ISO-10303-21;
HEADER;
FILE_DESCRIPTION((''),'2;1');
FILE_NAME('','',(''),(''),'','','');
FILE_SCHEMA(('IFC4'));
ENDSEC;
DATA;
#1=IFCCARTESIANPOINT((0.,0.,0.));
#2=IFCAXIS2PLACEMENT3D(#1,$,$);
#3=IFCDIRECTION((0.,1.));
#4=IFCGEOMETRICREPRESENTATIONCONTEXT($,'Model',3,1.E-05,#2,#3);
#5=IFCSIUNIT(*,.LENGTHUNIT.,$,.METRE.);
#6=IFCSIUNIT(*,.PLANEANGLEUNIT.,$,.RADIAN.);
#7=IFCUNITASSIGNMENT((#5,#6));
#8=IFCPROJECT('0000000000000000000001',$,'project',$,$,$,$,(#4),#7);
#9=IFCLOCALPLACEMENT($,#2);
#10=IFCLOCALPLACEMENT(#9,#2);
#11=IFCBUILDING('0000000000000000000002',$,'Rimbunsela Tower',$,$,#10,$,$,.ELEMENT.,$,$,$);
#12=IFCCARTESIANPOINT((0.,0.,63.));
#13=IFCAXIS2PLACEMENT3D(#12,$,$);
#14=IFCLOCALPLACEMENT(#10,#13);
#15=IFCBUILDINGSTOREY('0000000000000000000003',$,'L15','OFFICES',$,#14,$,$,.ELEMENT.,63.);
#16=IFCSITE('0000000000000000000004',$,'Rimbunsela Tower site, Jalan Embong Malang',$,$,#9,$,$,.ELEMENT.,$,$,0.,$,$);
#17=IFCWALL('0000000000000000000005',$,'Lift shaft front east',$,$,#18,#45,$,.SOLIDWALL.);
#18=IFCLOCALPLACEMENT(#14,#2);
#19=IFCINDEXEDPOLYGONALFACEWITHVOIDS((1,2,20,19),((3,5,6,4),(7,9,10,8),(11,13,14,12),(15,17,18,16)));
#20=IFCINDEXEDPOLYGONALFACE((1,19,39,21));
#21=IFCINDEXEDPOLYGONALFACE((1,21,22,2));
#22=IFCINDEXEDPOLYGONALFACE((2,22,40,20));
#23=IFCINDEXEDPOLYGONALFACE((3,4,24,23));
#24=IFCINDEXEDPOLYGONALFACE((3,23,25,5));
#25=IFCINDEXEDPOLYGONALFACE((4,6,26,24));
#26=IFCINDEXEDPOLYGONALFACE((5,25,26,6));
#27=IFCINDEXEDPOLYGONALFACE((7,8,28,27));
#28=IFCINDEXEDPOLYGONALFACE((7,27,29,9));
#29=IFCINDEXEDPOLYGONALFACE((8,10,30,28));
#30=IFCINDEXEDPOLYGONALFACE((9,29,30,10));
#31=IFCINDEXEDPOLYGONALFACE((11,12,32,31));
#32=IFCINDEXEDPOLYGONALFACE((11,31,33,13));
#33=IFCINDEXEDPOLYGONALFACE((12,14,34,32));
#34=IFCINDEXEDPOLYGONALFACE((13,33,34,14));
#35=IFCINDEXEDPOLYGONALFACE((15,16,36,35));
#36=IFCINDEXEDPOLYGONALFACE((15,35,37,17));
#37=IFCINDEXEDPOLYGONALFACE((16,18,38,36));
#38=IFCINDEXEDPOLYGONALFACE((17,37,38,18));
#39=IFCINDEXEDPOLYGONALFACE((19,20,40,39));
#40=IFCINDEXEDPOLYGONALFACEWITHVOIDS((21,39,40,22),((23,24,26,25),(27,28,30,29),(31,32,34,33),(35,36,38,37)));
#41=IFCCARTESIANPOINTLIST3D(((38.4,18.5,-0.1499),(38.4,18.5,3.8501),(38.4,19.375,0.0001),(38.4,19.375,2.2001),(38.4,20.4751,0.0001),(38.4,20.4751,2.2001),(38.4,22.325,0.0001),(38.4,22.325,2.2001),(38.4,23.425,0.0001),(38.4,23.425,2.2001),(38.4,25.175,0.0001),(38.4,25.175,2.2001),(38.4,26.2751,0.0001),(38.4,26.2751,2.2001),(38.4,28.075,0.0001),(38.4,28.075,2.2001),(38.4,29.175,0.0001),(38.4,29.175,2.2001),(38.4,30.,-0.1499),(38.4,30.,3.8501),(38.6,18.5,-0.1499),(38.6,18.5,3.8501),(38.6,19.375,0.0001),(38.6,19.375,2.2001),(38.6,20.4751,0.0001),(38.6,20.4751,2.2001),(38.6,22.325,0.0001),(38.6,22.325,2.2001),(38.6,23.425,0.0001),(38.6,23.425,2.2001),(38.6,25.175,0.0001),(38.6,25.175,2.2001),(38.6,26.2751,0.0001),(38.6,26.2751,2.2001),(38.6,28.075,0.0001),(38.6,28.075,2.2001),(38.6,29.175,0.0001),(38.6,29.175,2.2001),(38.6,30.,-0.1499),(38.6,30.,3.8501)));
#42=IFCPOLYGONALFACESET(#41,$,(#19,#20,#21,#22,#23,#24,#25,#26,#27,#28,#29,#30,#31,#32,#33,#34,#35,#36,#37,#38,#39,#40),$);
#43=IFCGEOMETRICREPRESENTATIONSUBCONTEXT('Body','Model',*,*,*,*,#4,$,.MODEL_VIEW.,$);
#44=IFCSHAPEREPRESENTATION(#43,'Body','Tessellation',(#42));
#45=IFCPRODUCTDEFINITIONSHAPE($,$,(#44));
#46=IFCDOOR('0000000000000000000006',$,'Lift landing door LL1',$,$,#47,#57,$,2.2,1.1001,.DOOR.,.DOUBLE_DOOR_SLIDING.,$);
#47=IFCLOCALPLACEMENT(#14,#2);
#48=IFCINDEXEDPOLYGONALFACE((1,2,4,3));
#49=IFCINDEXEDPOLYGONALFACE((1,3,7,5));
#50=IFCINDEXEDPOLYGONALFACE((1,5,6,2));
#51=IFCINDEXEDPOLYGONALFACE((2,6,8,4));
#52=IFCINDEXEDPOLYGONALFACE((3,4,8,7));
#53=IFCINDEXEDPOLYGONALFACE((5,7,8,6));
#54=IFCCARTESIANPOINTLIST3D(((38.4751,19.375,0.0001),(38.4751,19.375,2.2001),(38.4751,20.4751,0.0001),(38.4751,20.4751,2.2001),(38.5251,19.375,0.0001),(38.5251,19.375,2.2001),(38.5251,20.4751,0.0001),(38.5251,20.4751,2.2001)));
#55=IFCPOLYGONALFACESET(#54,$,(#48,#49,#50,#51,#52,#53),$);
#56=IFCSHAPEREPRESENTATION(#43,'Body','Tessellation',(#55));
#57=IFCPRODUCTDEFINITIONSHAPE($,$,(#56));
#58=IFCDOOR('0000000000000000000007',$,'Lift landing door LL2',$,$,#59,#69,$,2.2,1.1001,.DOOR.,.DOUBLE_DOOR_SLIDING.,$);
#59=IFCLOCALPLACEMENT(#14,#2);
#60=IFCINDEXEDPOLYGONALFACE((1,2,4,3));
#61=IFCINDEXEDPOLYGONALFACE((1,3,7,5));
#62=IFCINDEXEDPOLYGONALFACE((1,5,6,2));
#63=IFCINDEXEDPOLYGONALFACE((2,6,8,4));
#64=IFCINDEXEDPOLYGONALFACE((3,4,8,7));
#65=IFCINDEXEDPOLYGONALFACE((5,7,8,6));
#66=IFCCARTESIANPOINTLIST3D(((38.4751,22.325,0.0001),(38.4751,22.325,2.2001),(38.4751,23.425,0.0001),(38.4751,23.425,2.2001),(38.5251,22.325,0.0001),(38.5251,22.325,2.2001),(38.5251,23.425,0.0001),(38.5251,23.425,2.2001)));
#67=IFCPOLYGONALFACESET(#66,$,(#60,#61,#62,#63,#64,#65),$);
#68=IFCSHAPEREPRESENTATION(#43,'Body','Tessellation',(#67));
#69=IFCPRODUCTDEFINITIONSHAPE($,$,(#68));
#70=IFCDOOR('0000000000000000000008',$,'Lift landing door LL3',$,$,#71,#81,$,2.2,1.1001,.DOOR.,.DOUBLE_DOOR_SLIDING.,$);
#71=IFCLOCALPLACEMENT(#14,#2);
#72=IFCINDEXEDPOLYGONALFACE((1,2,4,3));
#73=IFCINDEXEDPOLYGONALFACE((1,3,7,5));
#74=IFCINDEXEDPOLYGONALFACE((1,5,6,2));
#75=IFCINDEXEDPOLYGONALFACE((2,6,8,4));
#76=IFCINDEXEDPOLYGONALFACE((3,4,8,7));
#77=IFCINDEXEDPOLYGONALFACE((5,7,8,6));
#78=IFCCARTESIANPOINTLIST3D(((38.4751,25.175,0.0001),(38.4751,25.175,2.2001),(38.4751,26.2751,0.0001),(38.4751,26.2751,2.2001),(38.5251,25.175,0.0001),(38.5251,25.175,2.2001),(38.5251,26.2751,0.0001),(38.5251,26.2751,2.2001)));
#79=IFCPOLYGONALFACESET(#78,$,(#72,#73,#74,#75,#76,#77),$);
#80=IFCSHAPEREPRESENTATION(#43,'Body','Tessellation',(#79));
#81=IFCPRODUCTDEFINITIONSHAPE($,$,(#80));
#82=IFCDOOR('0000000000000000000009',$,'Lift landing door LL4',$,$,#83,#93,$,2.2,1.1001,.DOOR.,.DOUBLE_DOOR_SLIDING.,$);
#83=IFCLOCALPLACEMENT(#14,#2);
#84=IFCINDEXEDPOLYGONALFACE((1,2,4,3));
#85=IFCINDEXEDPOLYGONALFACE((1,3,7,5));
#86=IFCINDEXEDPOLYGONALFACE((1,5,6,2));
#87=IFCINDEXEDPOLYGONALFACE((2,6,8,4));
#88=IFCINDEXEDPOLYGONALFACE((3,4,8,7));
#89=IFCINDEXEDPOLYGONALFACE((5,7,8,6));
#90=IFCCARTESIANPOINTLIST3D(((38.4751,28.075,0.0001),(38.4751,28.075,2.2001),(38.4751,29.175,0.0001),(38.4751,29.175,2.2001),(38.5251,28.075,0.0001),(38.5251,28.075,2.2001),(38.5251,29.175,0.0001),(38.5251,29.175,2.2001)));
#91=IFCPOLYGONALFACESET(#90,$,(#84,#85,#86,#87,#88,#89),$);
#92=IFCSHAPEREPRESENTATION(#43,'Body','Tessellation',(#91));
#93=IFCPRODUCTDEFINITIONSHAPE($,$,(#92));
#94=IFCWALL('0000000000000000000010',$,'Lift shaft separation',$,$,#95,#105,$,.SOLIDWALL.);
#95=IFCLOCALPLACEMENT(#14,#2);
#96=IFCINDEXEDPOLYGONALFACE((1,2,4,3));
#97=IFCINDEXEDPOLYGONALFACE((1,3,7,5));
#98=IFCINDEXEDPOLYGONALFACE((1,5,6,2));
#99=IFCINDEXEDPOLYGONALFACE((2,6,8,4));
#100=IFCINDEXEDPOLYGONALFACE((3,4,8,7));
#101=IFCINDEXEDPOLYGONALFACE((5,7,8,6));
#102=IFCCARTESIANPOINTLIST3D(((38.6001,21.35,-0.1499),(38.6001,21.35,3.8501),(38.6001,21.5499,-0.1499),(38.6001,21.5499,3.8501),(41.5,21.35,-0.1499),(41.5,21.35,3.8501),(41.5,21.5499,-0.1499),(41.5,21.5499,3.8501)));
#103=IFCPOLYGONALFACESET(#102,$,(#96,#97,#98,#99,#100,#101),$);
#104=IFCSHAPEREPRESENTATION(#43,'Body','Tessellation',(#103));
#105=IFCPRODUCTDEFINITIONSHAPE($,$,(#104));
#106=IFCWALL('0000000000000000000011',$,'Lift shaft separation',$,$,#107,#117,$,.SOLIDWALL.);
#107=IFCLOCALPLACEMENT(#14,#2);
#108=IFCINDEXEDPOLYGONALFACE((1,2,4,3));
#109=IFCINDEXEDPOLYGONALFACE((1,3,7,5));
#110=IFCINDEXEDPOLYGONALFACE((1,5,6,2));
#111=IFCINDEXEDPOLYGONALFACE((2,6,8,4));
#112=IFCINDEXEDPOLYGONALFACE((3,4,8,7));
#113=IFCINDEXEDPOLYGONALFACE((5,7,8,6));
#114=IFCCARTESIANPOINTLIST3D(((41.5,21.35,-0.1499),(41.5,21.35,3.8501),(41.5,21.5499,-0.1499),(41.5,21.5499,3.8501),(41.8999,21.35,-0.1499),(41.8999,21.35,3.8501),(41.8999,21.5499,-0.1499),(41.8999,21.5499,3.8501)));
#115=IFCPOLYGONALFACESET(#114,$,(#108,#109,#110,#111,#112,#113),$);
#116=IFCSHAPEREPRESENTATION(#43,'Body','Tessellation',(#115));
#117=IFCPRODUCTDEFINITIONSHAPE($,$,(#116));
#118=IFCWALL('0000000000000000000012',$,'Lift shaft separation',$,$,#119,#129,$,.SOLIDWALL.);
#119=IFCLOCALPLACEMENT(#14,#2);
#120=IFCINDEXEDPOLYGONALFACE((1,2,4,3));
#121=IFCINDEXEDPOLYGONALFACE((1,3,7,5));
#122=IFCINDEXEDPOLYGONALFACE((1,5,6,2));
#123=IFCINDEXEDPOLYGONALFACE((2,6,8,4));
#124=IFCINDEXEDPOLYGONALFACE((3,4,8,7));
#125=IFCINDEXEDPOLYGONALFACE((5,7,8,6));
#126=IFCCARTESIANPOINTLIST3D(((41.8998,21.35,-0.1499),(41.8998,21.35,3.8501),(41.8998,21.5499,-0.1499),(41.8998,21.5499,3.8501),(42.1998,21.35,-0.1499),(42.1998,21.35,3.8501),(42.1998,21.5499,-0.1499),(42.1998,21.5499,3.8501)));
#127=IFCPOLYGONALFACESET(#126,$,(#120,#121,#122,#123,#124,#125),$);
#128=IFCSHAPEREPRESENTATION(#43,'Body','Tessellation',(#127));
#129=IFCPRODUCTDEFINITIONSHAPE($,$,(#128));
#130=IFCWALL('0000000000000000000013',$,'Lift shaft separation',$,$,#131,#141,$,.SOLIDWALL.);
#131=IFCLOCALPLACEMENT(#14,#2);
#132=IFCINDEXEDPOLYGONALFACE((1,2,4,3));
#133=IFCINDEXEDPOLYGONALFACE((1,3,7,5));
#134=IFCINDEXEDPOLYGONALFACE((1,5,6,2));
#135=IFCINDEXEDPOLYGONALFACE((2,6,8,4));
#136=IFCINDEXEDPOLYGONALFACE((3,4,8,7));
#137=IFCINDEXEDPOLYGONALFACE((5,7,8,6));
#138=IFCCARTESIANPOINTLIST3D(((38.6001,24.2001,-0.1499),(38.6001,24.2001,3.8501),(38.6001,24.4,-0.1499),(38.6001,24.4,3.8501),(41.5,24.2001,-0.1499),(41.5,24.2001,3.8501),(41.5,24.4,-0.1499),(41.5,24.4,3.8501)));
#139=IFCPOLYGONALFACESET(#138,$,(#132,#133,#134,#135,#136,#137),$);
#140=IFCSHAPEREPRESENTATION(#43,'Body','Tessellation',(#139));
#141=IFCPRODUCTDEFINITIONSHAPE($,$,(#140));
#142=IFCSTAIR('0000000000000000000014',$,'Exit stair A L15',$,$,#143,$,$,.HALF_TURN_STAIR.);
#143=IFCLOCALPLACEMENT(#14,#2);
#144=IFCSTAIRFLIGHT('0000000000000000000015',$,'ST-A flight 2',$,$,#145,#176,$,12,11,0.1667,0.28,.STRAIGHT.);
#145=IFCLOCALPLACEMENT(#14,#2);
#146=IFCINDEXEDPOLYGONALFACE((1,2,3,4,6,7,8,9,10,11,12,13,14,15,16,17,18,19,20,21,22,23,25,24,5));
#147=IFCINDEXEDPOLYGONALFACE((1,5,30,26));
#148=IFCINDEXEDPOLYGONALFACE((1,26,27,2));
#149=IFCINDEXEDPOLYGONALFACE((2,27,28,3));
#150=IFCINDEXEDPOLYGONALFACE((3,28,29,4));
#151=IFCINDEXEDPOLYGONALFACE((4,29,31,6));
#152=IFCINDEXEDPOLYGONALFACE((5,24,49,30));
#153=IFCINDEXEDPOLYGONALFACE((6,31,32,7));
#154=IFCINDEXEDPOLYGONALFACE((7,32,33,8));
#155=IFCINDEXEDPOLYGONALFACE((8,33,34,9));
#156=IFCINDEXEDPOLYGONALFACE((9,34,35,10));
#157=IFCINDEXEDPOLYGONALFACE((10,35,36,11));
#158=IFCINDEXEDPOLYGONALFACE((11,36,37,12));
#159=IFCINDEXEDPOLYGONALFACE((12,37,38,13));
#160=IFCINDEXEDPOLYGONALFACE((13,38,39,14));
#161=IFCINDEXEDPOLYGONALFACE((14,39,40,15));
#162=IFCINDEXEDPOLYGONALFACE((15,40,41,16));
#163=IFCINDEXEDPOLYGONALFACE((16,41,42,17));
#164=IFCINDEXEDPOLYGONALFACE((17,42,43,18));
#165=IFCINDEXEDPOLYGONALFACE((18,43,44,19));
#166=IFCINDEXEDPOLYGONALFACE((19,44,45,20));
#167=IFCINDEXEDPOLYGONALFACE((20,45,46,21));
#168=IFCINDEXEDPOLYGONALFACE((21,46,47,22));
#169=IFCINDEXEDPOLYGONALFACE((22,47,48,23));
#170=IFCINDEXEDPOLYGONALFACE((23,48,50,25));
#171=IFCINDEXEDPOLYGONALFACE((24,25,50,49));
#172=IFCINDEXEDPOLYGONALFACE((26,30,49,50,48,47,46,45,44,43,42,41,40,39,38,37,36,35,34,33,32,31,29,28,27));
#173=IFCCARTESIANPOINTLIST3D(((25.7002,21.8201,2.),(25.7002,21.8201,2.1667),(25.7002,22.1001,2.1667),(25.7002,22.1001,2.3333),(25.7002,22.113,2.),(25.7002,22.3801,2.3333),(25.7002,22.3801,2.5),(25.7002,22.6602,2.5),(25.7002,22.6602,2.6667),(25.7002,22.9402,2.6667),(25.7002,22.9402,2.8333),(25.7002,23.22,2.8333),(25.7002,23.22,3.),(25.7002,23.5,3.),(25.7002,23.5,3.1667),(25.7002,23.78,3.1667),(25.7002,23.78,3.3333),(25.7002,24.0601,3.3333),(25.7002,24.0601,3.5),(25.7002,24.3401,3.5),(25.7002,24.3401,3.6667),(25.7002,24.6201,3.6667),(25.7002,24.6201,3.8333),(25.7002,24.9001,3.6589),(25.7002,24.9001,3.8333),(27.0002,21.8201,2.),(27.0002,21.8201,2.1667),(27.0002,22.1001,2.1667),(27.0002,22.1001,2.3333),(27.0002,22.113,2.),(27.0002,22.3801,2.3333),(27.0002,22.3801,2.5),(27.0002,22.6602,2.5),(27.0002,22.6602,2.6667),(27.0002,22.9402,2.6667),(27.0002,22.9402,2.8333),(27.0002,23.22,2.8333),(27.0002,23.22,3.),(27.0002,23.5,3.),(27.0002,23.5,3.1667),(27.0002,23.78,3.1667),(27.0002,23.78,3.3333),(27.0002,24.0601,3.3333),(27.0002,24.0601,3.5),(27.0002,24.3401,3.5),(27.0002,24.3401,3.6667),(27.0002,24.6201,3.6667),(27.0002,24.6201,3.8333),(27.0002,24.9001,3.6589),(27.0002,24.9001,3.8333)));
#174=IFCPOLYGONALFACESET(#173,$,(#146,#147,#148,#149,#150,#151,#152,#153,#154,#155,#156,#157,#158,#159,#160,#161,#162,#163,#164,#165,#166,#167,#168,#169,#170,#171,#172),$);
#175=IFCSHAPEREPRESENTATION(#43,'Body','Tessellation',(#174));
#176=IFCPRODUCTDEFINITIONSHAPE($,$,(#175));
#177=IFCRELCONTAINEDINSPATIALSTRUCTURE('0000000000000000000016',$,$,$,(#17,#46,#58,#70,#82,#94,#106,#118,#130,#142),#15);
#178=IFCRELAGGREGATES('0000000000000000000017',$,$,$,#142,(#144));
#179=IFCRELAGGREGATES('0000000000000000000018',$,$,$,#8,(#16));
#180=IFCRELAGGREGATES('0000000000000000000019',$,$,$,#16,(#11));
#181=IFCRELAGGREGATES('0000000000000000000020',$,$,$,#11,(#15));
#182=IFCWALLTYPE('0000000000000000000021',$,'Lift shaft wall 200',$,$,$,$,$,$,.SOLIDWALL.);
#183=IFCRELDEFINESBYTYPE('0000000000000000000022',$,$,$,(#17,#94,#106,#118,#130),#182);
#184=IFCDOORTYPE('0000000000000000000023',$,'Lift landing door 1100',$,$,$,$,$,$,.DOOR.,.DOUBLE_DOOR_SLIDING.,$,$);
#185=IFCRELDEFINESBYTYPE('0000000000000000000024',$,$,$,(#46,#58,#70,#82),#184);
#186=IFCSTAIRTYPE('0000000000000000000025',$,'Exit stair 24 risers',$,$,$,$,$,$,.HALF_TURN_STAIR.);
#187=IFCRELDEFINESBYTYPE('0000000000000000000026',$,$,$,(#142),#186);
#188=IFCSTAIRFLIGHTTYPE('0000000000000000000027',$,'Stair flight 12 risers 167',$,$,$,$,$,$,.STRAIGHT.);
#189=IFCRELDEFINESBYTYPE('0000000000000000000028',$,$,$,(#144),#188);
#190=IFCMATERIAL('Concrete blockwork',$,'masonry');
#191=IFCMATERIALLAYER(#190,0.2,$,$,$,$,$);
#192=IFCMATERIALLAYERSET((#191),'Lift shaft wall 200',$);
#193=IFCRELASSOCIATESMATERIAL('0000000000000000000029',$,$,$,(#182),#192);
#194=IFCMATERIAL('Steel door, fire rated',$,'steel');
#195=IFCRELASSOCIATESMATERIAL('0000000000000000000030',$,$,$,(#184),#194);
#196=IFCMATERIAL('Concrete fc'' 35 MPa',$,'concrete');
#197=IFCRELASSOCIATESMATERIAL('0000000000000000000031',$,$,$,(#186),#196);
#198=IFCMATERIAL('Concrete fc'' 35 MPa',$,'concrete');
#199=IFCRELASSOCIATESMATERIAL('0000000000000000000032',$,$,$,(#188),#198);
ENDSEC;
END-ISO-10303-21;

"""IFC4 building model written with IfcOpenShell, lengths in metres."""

from ifc_helpers import new_model, si_unit, direction, frame, frame_2d, origin, place, context, subcontext, project, spatial, polyline, rectangle, outline, extrude, material, layer, layer_set, type_object, element, fill, aggregate, save


model = new_model("IFC4")

# Units and contexts
model_context = context("Model", 3, precision=1e-05, world=origin(), true_north=direction((0.0, 1.0)))
body_context = subcontext(model_context, "Body", "Model", "MODEL_VIEW")
ifc_project = project(units=[si_unit("LENGTHUNIT", "METRE"), si_unit("PLANEANGLEUNIT", "RADIAN")], contexts=[model_context])

# Site, building, storey
site_placement = place(None, origin())
site = spatial("IfcSite", under=ifc_project, at=site_placement, Name="Rimbunsela Tower site, Jalan Embong Malang", CompositionType="ELEMENT", RefElevation=0.0)
building_placement = place(site_placement, origin())
building = spatial("IfcBuilding", under=site, at=building_placement, Name="Rimbunsela Tower", CompositionType="ELEMENT")
storey_placement = place(building_placement, frame((0.0, 0.0, 63.0)))
storey = spatial("IfcBuildingStorey", under=building, at=storey_placement, Name="L15", Description="OFFICES", CompositionType="ELEMENT", Elevation=63.0)

# Wall, openings, doors
ifc_material_1 = material(Name="Concrete blockwork", Category="masonry")
ifc_layer_1 = layer(ifc_material_1, 0.2)
ifc_layer_set_1 = layer_set([ifc_layer_1], Name="Lift shaft wall 200")
wall_type_1 = type_object("IfcWallType", Name="Lift shaft wall 200", PredefinedType="SOLIDWALL", material=ifc_layer_set_1)
wall_1_placement = place(storey_placement, frame((38.5, 18.5, -0.1499), z_axis=(0.0, 0.0, 1.0), x_axis=(0.0, 1.0, 0.0)))
wall_1 = element("IfcWall", 1, at=wall_1_placement, inside=storey, type_object=wall_type_1, Name="Lift shaft front east", PredefinedType="SOLIDWALL", context=body_context, shape_type="SweptSolid", body=[
    extrude(rectangle(XDim=11.5, YDim=0.2, at=frame_2d((5.75, 0.0))), origin(), (0.0, 0.0, 1.0), 4.0),
])
opening_1_placement = place(wall_1_placement, frame((0.875, 0.0, 0.1499)))
opening_1 = element("IfcOpeningElement", 2, at=opening_1_placement, cuts=wall_1, PredefinedType="OPENING", context=body_context, shape_type="SweptSolid", body=[
    extrude(rectangle(XDim=1.1001, YDim=2.2, at=frame_2d((0.55, 1.1001))), frame((0.0, 0.1099, 0.0), z_axis=(0.0, -1.0, 0.0), x_axis=(1.0, 0.0, 0.0)), (0.0, 0.0, 1.0), 0.22),
])
opening_2_placement = place(wall_1_placement, frame((3.825, 0.0, 0.1499)))
opening_2 = element("IfcOpeningElement", 3, at=opening_2_placement, cuts=wall_1, PredefinedType="OPENING", context=body_context, shape_type="SweptSolid", body=[
    extrude(rectangle(XDim=1.1001, YDim=2.2, at=frame_2d((0.55, 1.1001))), frame((0.0, 0.1099, 0.0), z_axis=(0.0, -1.0, 0.0), x_axis=(1.0, 0.0, 0.0)), (0.0, 0.0, 1.0), 0.22),
])
opening_3_placement = place(wall_1_placement, frame((6.675, 0.0, 0.1499)))
opening_3 = element("IfcOpeningElement", 4, at=opening_3_placement, cuts=wall_1, PredefinedType="OPENING", context=body_context, shape_type="SweptSolid", body=[
    extrude(rectangle(XDim=1.1001, YDim=2.2, at=frame_2d((0.55, 1.1001))), frame((0.0, 0.1099, 0.0), z_axis=(0.0, -1.0, 0.0), x_axis=(1.0, 0.0, 0.0)), (0.0, 0.0, 1.0), 0.22),
])
opening_4_placement = place(wall_1_placement, frame((9.575, 0.0, 0.1499)))
opening_4 = element("IfcOpeningElement", 5, at=opening_4_placement, cuts=wall_1, PredefinedType="OPENING", context=body_context, shape_type="SweptSolid", body=[
    extrude(rectangle(XDim=1.1001, YDim=2.2, at=frame_2d((0.55, 1.1001))), frame((0.0, 0.1099, 0.0), z_axis=(0.0, -1.0, 0.0), x_axis=(1.0, 0.0, 0.0)), (0.0, 0.0, 1.0), 0.22),
])
ifc_material_2 = material(Name="Steel door, fire rated", Category="steel")
door_type_1 = type_object("IfcDoorType", Name="Lift landing door 1100", OperationType="DOUBLE_DOOR_SLIDING", PredefinedType="DOOR", material=ifc_material_2)
door_1_placement = place(opening_1_placement, origin())
door_1 = element("IfcDoor", 6, at=door_1_placement, inside=storey, type_object=door_type_1, Name="Lift landing door LL1", OperationType="DOUBLE_DOOR_SLIDING", OverallHeight=2.2, OverallWidth=1.1001, PredefinedType="DOOR", context=body_context, shape_type="SweptSolid", body=[
    extrude(rectangle(XDim=1.1001, YDim=2.2, at=frame_2d((0.55, 1.1001))), frame((0.0, 0.0249, 0.0), z_axis=(0.0, -1.0, 0.0), x_axis=(1.0, 0.0, 0.0)), (0.0, 0.0, 1.0), 0.05),
])
fill(opening_1, door_1)
door_2_placement = place(opening_2_placement, origin())
door_2 = element("IfcDoor", 7, at=door_2_placement, inside=storey, type_object=door_type_1, Name="Lift landing door LL2", OperationType="DOUBLE_DOOR_SLIDING", OverallHeight=2.2, OverallWidth=1.1001, PredefinedType="DOOR", context=body_context, shape_type="SweptSolid", body=[
    extrude(rectangle(XDim=1.1001, YDim=2.2, at=frame_2d((0.55, 1.1001))), frame((0.0, 0.0249, 0.0), z_axis=(0.0, -1.0, 0.0), x_axis=(1.0, 0.0, 0.0)), (0.0, 0.0, 1.0), 0.05),
])
fill(opening_2, door_2)
door_3_placement = place(opening_3_placement, origin())
door_3 = element("IfcDoor", 8, at=door_3_placement, inside=storey, type_object=door_type_1, Name="Lift landing door LL3", OperationType="DOUBLE_DOOR_SLIDING", OverallHeight=2.2, OverallWidth=1.1001, PredefinedType="DOOR", context=body_context, shape_type="SweptSolid", body=[
    extrude(rectangle(XDim=1.1001, YDim=2.2, at=frame_2d((0.55, 1.1001))), frame((0.0, 0.0249, 0.0), z_axis=(0.0, -1.0, 0.0), x_axis=(1.0, 0.0, 0.0)), (0.0, 0.0, 1.0), 0.05),
])
fill(opening_3, door_3)
door_4_placement = place(opening_4_placement, origin())
door_4 = element("IfcDoor", 9, at=door_4_placement, inside=storey, type_object=door_type_1, Name="Lift landing door LL4", OperationType="DOUBLE_DOOR_SLIDING", OverallHeight=2.2, OverallWidth=1.1001, PredefinedType="DOOR", context=body_context, shape_type="SweptSolid", body=[
    extrude(rectangle(XDim=1.1001, YDim=2.2, at=frame_2d((0.55, 1.1001))), frame((0.0, 0.0249, 0.0), z_axis=(0.0, -1.0, 0.0), x_axis=(1.0, 0.0, 0.0)), (0.0, 0.0, 1.0), 0.05),
])
fill(opening_4, door_4)

# Walls
wall_2_placement = place(storey_placement, frame((38.6001, 21.45, -0.1499), z_axis=(0.0, 0.0, 1.0), x_axis=(1.0, 0.0, 0.0)))
element("IfcWall", 10, at=wall_2_placement, inside=storey, type_object=wall_type_1, Name="Lift shaft separation", PredefinedType="SOLIDWALL", context=body_context, shape_type="SweptSolid", body=[
    extrude(rectangle(XDim=2.8999, YDim=0.2, at=frame_2d((1.45, 0.0))), origin(), (0.0, 0.0, 1.0), 4.0),
])
wall_3_placement = place(storey_placement, frame((41.5, 21.45, -0.1499), z_axis=(0.0, 0.0, 1.0), x_axis=(1.0, 0.0, 0.0)))
element("IfcWall", 11, at=wall_3_placement, inside=storey, type_object=wall_type_1, Name="Lift shaft separation", PredefinedType="SOLIDWALL", context=body_context, shape_type="SweptSolid", body=[
    extrude(rectangle(XDim=0.3999, YDim=0.2, at=frame_2d((0.2, 0.0))), origin(), (0.0, 0.0, 1.0), 4.0),
])
wall_4_placement = place(storey_placement, frame((41.8999, 21.45, -0.1499), z_axis=(0.0, 0.0, 1.0), x_axis=(1.0, 0.0, 0.0)))
element("IfcWall", 12, at=wall_4_placement, inside=storey, type_object=wall_type_1, Name="Lift shaft separation", PredefinedType="SOLIDWALL", context=body_context, shape_type="SweptSolid", body=[
    extrude(rectangle(XDim=0.3, YDim=0.2, at=frame_2d((0.1499, 0.0))), origin(), (0.0, 0.0, 1.0), 4.0),
])
wall_5_placement = place(storey_placement, frame((38.6001, 24.3, -0.1499), z_axis=(0.0, 0.0, 1.0), x_axis=(1.0, 0.0, 0.0)))
element("IfcWall", 13, at=wall_5_placement, inside=storey, type_object=wall_type_1, Name="Lift shaft separation", PredefinedType="SOLIDWALL", context=body_context, shape_type="SweptSolid", body=[
    extrude(rectangle(XDim=2.8999, YDim=0.2, at=frame_2d((1.45, 0.0))), origin(), (0.0, 0.0, 1.0), 4.0),
])

# Stair, stair flight
ifc_material_3 = material(Name="Concrete fc' 35 MPa", Category="concrete")
stair_type = type_object("IfcStairType", Name="Exit stair 24 risers", PredefinedType="HALF_TURN_STAIR", material=ifc_material_3)
stair_1_placement = place(storey_placement, origin())
stair_1 = element("IfcStair", 14, at=stair_1_placement, inside=storey, type_object=stair_type, Name="Exit stair A L15", PredefinedType="HALF_TURN_STAIR")
ifc_material_4 = material(Name="Concrete fc' 35 MPa", Category="concrete")
stair_flight_type = type_object("IfcStairFlightType", Name="Stair flight 12 risers 167", PredefinedType="STRAIGHT", material=ifc_material_4)
stair_flight_1_placement = place(storey_placement, frame((26.3501, 21.8201, 2.0), z_axis=(0.0, 0.0, 1.0), x_axis=(0.0, 1.0, 0.0)))
stair_flight_1 = element("IfcStairFlight", 15, at=stair_flight_1_placement, type_object=stair_flight_type, Name="ST-A flight 2", NumberOfRisers=12, NumberOfTreads=11, PredefinedType="STRAIGHT", RiserHeight=0.1667, TreadLength=0.28, context=body_context, shape_type="SweptSolid", body=[
    extrude(outline(polyline([(0.0, 0.0), (0.0, 0.1667), (0.28, 0.1667), (0.28, 0.3333), (0.5601, 0.3333), (0.5601, 0.5), (0.8401, 0.5), (0.8401, 0.6667), (1.1201, 0.6667), (1.1201, 0.8333), (1.3999, 0.8333), (1.3999, 1.0), (1.6799, 1.0), (1.6799, 1.1667), (1.96, 1.1667), (1.96, 1.3333), (2.24, 1.3333), (2.24, 1.5), (2.52, 1.5), (2.52, 1.6667), (2.8, 1.6667), (2.8, 1.8333), (3.0801, 1.8333), (3.0801, 2.0), (3.0801, 1.6589), (0.293, 0.0), (0.0, 0.0)])), frame((0.0, 0.6499, 0.0), z_axis=(0.0, -1.0, 0.0), x_axis=(1.0, 0.0, 0.0)), (0.0, 0.0, 1.0), 1.3),
])
aggregate(stair_1, [stair_flight_1])

save(model, "model.ifc")
